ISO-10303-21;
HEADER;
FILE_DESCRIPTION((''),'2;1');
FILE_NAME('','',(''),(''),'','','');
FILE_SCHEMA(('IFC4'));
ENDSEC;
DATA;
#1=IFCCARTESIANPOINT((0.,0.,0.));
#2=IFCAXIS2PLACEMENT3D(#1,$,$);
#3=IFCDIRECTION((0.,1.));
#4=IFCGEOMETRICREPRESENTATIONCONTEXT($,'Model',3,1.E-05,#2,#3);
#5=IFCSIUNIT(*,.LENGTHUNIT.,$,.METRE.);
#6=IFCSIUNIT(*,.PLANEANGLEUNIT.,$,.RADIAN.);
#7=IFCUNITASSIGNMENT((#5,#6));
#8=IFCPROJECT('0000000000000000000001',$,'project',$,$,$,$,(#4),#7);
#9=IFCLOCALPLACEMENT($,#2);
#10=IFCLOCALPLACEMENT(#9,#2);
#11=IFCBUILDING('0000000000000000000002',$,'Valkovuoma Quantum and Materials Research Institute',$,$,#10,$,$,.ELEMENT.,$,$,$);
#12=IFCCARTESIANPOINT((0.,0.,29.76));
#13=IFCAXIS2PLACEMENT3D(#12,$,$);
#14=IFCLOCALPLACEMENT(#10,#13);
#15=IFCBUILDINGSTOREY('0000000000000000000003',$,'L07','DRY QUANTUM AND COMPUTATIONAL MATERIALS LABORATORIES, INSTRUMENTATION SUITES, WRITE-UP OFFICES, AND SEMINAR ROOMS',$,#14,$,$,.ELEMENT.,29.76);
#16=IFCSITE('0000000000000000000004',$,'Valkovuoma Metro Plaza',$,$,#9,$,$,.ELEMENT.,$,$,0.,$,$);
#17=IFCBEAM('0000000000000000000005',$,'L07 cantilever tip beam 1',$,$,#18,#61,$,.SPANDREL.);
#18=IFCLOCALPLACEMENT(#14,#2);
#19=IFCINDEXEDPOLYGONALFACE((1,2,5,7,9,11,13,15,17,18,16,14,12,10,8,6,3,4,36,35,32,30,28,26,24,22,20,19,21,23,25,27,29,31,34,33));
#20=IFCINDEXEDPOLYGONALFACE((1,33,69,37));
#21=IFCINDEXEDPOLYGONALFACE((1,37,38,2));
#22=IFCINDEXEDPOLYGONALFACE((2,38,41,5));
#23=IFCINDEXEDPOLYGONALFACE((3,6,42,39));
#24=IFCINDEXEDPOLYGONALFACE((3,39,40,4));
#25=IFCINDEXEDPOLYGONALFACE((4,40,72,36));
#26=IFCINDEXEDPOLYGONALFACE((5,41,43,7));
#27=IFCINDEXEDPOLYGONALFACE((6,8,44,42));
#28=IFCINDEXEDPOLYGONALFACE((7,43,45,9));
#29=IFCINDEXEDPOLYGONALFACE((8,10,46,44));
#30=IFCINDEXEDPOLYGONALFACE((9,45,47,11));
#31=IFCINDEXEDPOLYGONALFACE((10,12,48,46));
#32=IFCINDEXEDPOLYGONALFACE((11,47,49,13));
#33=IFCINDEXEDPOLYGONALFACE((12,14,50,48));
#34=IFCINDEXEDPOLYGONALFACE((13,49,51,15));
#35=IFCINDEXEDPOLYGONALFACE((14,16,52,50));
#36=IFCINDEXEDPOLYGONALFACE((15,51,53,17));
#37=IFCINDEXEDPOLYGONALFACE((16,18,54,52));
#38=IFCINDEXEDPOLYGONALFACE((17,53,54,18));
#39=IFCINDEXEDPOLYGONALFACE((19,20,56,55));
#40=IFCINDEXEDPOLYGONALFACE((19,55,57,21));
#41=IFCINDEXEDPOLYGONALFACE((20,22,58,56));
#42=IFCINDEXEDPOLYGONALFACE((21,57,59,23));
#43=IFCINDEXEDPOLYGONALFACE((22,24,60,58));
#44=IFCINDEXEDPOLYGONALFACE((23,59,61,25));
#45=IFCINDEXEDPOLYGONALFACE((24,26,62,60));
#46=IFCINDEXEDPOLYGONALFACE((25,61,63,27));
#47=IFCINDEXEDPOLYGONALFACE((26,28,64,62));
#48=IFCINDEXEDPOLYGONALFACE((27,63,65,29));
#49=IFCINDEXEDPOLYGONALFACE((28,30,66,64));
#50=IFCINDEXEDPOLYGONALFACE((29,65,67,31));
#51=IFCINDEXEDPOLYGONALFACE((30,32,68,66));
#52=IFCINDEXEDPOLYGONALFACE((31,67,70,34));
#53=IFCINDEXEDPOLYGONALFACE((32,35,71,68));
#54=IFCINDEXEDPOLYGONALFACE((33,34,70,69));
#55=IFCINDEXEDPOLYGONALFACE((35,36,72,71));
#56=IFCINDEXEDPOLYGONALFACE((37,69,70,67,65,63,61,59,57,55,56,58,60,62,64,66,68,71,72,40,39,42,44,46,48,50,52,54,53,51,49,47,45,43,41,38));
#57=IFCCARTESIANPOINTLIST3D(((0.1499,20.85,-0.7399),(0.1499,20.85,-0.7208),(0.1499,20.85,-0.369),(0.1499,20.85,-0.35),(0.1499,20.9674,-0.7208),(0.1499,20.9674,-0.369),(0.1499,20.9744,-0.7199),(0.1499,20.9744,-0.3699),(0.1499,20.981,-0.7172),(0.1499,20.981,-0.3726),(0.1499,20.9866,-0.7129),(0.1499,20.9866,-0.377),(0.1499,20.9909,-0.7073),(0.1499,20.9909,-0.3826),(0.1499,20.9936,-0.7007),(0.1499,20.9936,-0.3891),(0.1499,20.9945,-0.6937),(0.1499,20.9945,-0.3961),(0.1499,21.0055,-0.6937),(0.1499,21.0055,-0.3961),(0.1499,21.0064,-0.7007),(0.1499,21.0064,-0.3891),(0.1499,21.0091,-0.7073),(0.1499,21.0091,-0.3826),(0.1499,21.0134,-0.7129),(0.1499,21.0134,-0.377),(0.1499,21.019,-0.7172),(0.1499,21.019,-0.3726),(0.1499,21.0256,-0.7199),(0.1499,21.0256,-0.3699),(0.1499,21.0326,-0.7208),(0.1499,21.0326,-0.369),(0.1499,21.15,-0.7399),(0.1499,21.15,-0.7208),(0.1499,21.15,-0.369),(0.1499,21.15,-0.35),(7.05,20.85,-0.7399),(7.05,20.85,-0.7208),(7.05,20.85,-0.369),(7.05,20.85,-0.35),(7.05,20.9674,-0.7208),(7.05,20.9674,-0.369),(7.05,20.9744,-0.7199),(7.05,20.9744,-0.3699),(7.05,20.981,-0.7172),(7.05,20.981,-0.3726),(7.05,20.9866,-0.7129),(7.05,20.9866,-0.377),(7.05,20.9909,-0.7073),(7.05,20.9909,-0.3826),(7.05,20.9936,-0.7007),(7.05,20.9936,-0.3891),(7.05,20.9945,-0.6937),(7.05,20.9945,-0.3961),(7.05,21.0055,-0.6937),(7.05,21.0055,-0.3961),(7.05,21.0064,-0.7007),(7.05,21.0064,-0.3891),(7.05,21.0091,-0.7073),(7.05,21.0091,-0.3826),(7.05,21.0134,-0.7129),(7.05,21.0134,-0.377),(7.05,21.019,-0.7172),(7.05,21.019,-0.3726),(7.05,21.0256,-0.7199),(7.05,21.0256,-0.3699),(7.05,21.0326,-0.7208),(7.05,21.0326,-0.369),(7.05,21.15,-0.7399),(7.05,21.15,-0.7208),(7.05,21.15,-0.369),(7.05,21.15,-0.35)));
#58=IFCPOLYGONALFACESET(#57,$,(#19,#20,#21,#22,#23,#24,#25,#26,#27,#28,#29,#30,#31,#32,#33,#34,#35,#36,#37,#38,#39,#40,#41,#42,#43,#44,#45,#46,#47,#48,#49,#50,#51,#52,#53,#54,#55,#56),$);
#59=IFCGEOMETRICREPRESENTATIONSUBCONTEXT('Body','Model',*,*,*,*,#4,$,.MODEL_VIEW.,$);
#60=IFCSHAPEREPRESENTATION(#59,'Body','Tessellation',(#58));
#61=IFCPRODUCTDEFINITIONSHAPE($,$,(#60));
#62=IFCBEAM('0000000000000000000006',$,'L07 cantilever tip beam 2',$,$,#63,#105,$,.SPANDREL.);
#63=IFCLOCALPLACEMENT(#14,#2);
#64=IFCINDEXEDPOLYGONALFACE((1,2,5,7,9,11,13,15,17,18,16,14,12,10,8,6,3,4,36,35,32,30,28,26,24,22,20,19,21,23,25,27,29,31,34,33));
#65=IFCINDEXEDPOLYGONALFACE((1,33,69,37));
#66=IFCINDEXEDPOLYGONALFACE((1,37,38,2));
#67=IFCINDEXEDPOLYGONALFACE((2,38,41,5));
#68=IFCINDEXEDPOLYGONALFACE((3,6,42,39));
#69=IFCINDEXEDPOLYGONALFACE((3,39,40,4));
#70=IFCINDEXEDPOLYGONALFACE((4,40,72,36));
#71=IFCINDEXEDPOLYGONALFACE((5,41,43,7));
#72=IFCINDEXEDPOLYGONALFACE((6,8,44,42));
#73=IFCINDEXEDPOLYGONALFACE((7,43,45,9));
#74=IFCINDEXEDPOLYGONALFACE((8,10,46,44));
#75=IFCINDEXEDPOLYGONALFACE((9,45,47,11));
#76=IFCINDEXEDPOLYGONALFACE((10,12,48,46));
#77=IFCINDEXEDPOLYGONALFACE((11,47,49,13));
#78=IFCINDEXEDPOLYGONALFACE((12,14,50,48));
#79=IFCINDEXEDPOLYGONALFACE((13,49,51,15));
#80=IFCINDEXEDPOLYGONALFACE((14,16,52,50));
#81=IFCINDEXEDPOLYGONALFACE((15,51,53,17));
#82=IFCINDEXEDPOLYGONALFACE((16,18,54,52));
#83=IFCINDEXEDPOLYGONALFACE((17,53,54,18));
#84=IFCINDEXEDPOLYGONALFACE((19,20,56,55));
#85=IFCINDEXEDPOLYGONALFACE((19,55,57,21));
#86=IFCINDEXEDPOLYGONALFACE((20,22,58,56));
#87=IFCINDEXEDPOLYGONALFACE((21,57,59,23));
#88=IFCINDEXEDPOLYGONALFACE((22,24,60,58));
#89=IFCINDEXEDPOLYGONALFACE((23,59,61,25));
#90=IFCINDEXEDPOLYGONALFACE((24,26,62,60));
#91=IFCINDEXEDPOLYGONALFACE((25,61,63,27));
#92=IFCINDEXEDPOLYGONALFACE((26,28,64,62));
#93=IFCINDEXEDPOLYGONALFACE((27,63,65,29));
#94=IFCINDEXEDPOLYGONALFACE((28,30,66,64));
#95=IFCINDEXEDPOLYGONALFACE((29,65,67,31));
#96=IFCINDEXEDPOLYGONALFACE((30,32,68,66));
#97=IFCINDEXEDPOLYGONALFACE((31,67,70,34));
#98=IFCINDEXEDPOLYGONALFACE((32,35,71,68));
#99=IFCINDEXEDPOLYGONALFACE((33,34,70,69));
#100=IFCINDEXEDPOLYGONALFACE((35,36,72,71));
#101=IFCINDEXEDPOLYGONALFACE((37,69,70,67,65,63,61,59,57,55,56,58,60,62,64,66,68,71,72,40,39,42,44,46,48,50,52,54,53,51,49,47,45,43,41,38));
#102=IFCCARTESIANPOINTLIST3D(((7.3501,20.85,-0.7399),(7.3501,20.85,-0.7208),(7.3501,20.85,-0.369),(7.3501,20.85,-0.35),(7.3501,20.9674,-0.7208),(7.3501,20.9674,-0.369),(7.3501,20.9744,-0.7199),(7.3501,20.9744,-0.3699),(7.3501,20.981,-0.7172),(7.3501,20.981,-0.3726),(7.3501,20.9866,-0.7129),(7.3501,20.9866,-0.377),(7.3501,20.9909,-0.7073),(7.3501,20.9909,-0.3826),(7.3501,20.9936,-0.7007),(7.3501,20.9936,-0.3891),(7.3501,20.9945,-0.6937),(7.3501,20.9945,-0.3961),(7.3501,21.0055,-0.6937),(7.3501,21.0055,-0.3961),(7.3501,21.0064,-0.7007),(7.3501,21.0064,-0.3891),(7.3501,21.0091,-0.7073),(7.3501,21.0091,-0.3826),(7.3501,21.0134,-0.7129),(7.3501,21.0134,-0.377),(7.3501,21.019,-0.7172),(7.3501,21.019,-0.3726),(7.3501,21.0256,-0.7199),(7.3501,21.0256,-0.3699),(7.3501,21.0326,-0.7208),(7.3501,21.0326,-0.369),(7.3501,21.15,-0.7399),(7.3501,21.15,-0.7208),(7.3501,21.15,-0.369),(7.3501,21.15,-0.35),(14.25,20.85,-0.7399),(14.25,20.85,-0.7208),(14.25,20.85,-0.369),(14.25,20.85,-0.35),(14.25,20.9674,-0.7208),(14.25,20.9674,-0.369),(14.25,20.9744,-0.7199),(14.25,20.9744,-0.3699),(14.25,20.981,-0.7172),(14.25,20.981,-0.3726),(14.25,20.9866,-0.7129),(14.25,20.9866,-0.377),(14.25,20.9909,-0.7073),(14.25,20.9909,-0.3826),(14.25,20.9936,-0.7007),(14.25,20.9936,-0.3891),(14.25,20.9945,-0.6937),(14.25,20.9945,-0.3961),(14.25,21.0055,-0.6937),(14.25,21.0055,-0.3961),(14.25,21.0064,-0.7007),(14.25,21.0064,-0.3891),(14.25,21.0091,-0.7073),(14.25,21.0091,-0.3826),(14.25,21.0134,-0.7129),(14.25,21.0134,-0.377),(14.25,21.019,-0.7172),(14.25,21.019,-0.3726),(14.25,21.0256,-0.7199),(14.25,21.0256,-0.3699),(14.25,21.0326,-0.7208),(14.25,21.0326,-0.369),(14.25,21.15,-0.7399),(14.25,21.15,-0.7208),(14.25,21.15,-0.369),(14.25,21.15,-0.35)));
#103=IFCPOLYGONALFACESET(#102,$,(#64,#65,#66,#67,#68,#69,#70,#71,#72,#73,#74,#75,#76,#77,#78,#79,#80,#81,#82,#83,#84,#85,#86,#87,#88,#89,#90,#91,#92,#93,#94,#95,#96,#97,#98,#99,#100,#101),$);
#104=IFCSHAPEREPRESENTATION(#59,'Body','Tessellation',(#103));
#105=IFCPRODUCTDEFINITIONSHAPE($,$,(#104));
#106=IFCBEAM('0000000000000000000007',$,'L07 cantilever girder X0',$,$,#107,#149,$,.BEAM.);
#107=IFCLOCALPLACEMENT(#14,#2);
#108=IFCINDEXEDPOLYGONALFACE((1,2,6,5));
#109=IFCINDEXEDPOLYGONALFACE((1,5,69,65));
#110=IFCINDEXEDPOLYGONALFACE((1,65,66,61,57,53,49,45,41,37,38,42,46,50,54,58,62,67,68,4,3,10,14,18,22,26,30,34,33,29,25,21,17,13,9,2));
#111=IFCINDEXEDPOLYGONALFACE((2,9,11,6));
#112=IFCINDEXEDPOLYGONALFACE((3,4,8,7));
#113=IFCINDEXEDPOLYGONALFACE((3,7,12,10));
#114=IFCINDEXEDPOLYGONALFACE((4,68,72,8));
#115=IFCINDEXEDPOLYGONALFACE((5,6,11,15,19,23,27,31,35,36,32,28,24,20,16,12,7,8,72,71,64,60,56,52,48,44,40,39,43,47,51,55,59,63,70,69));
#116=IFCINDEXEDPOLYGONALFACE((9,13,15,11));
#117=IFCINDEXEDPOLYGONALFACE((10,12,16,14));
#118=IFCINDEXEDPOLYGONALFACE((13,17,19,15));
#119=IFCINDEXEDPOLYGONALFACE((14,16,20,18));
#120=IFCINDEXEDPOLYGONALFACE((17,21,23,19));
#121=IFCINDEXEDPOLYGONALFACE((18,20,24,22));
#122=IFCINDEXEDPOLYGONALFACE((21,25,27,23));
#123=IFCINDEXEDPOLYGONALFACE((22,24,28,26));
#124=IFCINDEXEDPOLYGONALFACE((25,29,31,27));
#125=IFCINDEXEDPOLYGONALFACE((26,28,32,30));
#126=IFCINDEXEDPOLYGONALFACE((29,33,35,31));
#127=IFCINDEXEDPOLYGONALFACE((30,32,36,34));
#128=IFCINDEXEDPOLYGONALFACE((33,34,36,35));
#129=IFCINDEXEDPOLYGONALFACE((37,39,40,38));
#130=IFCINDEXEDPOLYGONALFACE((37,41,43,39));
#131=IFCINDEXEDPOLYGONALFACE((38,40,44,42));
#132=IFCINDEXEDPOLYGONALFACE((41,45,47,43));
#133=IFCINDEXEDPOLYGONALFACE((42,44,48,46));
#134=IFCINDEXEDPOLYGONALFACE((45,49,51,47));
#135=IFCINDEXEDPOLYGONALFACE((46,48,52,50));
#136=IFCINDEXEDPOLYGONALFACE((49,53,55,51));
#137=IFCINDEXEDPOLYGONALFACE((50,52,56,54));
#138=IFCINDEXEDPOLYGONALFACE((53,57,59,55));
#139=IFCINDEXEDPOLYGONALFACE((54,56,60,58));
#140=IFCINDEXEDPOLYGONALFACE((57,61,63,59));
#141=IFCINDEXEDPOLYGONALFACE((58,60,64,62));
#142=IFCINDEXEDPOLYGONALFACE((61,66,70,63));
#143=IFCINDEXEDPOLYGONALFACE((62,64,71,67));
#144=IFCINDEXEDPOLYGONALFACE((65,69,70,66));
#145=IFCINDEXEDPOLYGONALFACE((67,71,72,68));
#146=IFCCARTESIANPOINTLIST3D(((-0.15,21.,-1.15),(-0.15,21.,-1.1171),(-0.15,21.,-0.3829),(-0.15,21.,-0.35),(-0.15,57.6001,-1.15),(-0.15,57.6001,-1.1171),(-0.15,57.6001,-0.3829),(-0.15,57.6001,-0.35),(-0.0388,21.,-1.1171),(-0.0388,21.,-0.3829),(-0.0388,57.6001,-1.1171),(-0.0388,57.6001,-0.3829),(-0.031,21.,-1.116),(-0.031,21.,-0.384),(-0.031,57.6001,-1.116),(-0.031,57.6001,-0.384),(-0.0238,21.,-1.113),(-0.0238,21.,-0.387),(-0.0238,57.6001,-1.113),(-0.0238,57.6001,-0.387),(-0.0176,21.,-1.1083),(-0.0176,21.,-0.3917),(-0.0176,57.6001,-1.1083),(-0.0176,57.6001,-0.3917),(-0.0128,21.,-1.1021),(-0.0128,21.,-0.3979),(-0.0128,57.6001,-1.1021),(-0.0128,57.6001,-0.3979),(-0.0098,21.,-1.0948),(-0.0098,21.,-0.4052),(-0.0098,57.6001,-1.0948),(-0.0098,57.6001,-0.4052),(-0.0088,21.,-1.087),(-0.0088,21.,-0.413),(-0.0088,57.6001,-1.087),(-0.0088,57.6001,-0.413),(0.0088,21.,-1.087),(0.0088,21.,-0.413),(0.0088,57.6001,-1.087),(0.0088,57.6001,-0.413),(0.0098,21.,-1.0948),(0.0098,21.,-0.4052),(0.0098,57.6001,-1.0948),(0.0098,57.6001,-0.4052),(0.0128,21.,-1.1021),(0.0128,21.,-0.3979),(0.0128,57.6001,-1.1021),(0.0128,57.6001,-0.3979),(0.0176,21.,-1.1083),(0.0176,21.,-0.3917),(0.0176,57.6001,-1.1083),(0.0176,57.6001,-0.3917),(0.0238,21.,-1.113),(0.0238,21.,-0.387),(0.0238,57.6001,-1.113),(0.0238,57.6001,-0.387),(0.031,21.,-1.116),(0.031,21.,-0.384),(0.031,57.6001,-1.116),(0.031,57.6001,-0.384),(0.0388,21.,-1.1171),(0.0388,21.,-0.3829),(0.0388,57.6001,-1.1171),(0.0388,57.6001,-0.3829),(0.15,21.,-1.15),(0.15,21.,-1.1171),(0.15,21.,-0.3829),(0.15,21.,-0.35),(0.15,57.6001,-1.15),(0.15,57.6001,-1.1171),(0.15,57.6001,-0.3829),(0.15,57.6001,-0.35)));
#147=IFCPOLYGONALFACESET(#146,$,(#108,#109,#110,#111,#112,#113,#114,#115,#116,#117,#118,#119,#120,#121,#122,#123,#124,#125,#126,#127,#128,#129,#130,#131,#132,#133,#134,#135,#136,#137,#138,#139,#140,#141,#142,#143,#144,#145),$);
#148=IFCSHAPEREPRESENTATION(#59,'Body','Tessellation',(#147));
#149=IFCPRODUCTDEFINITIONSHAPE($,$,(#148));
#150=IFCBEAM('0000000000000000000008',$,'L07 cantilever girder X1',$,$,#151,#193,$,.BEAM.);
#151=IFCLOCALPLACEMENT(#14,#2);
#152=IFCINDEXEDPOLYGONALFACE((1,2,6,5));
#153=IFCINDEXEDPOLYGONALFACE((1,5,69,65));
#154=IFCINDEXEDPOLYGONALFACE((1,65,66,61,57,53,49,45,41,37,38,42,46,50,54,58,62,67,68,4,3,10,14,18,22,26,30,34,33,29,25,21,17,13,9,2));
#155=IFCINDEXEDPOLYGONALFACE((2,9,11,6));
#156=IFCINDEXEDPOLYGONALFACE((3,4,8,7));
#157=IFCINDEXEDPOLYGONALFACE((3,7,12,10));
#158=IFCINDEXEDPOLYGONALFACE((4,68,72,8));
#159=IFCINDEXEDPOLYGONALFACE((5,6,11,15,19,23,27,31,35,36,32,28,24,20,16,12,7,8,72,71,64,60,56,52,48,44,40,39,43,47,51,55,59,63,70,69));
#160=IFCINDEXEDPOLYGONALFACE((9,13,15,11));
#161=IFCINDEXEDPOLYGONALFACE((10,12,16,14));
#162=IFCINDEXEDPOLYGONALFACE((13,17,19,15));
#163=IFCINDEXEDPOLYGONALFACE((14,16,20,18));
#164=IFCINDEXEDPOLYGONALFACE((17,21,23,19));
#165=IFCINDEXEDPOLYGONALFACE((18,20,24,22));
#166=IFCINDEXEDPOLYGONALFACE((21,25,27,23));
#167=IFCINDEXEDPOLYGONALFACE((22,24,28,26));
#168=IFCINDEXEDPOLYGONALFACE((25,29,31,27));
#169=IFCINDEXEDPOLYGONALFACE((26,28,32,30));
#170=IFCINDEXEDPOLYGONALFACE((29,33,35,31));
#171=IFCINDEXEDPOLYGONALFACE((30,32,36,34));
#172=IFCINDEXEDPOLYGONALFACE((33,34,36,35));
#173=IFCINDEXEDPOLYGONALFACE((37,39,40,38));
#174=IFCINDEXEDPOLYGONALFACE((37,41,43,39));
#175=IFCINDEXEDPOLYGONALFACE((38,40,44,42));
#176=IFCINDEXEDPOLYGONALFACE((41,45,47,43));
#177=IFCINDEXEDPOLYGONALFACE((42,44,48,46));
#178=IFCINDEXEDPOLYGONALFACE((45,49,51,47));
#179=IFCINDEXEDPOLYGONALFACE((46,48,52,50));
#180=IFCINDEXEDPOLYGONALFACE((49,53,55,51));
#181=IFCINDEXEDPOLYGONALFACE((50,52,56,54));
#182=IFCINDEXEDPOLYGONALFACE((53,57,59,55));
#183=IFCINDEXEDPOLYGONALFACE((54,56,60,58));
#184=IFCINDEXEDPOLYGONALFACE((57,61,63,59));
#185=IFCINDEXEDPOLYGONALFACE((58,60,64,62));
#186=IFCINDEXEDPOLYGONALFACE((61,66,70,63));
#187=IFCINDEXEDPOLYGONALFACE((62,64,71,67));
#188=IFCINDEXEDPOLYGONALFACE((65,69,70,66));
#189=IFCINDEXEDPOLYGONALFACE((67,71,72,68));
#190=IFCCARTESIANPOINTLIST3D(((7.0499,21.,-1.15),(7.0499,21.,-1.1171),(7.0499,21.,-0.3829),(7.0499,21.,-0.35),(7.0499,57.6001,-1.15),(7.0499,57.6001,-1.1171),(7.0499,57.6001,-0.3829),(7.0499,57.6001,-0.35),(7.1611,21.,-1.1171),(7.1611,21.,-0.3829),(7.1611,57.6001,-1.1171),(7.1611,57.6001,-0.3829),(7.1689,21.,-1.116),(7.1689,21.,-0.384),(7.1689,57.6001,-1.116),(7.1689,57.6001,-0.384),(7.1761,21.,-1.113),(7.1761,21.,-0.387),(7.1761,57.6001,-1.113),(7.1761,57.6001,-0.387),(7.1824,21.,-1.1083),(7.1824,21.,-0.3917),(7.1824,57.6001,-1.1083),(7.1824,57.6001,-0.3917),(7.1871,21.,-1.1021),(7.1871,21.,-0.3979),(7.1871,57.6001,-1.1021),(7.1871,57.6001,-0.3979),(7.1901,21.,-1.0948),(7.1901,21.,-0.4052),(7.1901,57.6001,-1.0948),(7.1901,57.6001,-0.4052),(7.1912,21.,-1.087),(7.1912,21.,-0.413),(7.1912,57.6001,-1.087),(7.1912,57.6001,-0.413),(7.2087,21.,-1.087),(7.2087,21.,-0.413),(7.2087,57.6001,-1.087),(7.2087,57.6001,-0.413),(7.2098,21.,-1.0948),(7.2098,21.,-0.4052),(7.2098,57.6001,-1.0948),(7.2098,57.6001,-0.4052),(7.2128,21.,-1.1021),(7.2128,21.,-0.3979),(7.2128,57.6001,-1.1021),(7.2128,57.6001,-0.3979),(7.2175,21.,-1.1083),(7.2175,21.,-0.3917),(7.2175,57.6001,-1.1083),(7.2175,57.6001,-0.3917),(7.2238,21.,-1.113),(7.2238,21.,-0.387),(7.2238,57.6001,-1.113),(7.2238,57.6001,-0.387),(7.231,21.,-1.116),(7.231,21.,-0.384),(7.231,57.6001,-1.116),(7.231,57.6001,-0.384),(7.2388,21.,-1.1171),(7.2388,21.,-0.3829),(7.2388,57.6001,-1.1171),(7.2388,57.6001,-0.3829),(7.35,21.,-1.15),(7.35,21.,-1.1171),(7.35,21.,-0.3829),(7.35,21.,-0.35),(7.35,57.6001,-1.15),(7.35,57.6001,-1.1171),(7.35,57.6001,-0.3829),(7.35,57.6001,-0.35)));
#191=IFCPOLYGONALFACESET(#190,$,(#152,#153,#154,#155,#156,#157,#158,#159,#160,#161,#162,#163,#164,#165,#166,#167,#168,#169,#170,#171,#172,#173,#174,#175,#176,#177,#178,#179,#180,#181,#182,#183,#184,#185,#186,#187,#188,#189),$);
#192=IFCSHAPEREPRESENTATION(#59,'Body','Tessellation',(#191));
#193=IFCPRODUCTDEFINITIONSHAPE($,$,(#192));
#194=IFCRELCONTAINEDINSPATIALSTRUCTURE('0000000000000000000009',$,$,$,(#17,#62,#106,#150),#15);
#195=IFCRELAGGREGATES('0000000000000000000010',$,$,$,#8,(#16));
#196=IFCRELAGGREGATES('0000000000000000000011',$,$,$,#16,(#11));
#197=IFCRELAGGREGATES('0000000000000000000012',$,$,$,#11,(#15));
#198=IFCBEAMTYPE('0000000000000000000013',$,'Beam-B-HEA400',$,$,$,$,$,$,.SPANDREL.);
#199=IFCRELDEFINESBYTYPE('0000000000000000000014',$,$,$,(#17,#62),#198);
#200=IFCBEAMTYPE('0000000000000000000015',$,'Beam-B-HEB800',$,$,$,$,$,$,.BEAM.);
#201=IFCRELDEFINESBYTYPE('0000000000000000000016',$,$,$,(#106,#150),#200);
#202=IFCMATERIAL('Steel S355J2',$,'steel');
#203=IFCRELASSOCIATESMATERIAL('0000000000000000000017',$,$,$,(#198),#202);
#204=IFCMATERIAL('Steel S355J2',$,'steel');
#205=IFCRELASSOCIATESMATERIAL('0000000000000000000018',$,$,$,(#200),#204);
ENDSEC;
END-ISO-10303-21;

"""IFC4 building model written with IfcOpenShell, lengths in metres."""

from ifc_helpers import new_model, si_unit, direction, frame, origin, origin_2d, place, context, subcontext, project, spatial, i_section, extrude, material, material_profile, profile_set, type_object, element, save


model = new_model("IFC4")

# Units and contexts
model_context = context("Model", 3, precision=1e-05, world=origin(), true_north=direction((0.0, 1.0)))
body_context = subcontext(model_context, "Body", "Model", "MODEL_VIEW")
ifc_project = project(units=[si_unit("LENGTHUNIT", "METRE"), si_unit("PLANEANGLEUNIT", "RADIAN")], contexts=[model_context])

# Site, building, storey
site_placement = place(None, origin())
site = spatial("IfcSite", under=ifc_project, at=site_placement, Name="Valkovuoma Metro Plaza", CompositionType="ELEMENT", RefElevation=0.0)
building_placement = place(site_placement, origin())
building = spatial("IfcBuilding", under=site, at=building_placement, Name="Valkovuoma Quantum and Materials Research Institute", CompositionType="ELEMENT")
storey_placement = place(building_placement, frame((0.0, 0.0, 29.76)))
storey = spatial("IfcBuildingStorey", under=building, at=storey_placement, Name="L07", Description="DRY QUANTUM AND COMPUTATIONAL MATERIALS LABORATORIES, INSTRUMENTATION SUITES, WRITE-UP OFFICES, AND SEMINAR ROOMS", CompositionType="ELEMENT", Elevation=29.76)

# Beams
ifc_material_1 = material(Name="Steel S355J2", Category="steel")
ifc_material_profile_1 = material_profile(ifc_material_1, i_section(OverallWidth=0.3, OverallDepth=0.3899, WebThickness=0.011, FlangeThickness=0.019, FilletRadius=0.0271, at=origin_2d()), Name="Steel S355J2")
ifc_profile_set_1 = profile_set([ifc_material_profile_1], Name="Steel S355J2")
beam_type_1 = type_object("IfcBeamType", Name="Beam-B-HEA400", PredefinedType="SPANDREL", material=ifc_profile_set_1)
beam_1_placement = place(storey_placement, frame((0.1499, 21.0, -0.5449), z_axis=(1.0, 0.0, 0.0), x_axis=(0.0, 1.0, 0.0)))
element("IfcBeam", 1, at=beam_1_placement, inside=storey, type_object=beam_type_1, Name="L07 cantilever tip beam 1", PredefinedType="SPANDREL", context=body_context, shape_type="SweptSolid", body=[
    extrude(i_section(OverallWidth=0.3, OverallDepth=0.3899, WebThickness=0.011, FlangeThickness=0.019, FilletRadius=0.0271, at=origin_2d()), origin(), (0.0, 0.0, 1.0), 6.9001),
])
beam_2_placement = place(storey_placement, frame((7.3501, 21.0, -0.5449), z_axis=(1.0, 0.0, 0.0), x_axis=(0.0, 1.0, 0.0)))
element("IfcBeam", 2, at=beam_2_placement, inside=storey, type_object=beam_type_1, Name="L07 cantilever tip beam 2", PredefinedType="SPANDREL", context=body_context, shape_type="SweptSolid", body=[
    extrude(i_section(OverallWidth=0.3, OverallDepth=0.3899, WebThickness=0.011, FlangeThickness=0.019, FilletRadius=0.0271, at=origin_2d()), origin(), (0.0, 0.0, 1.0), 6.8999),
])
ifc_material_2 = material(Name="Steel S355J2", Category="steel")
ifc_material_profile_2 = material_profile(ifc_material_2, i_section(OverallWidth=0.3, OverallDepth=0.8, WebThickness=0.0176, FlangeThickness=0.033, FilletRadius=0.03, at=origin_2d()), Name="Steel S355J2")
ifc_profile_set_2 = profile_set([ifc_material_profile_2], Name="Steel S355J2")
beam_type_2 = type_object("IfcBeamType", Name="Beam-B-HEB800", PredefinedType="BEAM", material=ifc_profile_set_2)
for number, where, z_axis, x_axis, name in (
    (3, (0.0, 21.0, -0.75), (0.0, 1.0, 0.0), (-1.0, 0.0, 0.0), "L07 cantilever girder X0"),
    (4, (7.2, 21.0, -0.75), (0.0, 1.0, 0.0), (-1.0, 0.0, 0.0), "L07 cantilever girder X1"),
):
    element("IfcBeam", number, at=place(storey_placement, frame(where, z_axis=z_axis, x_axis=x_axis)), inside=storey, type_object=beam_type_2, Name=name, PredefinedType="BEAM", context=body_context, shape_type="SweptSolid", body=[
        extrude(i_section(OverallWidth=0.3, OverallDepth=0.8, WebThickness=0.0176, FlangeThickness=0.033, FilletRadius=0.03, at=origin_2d()), origin(), (0.0, 0.0, 1.0), 36.6001),
    ])

save(model, "model.ifc")
